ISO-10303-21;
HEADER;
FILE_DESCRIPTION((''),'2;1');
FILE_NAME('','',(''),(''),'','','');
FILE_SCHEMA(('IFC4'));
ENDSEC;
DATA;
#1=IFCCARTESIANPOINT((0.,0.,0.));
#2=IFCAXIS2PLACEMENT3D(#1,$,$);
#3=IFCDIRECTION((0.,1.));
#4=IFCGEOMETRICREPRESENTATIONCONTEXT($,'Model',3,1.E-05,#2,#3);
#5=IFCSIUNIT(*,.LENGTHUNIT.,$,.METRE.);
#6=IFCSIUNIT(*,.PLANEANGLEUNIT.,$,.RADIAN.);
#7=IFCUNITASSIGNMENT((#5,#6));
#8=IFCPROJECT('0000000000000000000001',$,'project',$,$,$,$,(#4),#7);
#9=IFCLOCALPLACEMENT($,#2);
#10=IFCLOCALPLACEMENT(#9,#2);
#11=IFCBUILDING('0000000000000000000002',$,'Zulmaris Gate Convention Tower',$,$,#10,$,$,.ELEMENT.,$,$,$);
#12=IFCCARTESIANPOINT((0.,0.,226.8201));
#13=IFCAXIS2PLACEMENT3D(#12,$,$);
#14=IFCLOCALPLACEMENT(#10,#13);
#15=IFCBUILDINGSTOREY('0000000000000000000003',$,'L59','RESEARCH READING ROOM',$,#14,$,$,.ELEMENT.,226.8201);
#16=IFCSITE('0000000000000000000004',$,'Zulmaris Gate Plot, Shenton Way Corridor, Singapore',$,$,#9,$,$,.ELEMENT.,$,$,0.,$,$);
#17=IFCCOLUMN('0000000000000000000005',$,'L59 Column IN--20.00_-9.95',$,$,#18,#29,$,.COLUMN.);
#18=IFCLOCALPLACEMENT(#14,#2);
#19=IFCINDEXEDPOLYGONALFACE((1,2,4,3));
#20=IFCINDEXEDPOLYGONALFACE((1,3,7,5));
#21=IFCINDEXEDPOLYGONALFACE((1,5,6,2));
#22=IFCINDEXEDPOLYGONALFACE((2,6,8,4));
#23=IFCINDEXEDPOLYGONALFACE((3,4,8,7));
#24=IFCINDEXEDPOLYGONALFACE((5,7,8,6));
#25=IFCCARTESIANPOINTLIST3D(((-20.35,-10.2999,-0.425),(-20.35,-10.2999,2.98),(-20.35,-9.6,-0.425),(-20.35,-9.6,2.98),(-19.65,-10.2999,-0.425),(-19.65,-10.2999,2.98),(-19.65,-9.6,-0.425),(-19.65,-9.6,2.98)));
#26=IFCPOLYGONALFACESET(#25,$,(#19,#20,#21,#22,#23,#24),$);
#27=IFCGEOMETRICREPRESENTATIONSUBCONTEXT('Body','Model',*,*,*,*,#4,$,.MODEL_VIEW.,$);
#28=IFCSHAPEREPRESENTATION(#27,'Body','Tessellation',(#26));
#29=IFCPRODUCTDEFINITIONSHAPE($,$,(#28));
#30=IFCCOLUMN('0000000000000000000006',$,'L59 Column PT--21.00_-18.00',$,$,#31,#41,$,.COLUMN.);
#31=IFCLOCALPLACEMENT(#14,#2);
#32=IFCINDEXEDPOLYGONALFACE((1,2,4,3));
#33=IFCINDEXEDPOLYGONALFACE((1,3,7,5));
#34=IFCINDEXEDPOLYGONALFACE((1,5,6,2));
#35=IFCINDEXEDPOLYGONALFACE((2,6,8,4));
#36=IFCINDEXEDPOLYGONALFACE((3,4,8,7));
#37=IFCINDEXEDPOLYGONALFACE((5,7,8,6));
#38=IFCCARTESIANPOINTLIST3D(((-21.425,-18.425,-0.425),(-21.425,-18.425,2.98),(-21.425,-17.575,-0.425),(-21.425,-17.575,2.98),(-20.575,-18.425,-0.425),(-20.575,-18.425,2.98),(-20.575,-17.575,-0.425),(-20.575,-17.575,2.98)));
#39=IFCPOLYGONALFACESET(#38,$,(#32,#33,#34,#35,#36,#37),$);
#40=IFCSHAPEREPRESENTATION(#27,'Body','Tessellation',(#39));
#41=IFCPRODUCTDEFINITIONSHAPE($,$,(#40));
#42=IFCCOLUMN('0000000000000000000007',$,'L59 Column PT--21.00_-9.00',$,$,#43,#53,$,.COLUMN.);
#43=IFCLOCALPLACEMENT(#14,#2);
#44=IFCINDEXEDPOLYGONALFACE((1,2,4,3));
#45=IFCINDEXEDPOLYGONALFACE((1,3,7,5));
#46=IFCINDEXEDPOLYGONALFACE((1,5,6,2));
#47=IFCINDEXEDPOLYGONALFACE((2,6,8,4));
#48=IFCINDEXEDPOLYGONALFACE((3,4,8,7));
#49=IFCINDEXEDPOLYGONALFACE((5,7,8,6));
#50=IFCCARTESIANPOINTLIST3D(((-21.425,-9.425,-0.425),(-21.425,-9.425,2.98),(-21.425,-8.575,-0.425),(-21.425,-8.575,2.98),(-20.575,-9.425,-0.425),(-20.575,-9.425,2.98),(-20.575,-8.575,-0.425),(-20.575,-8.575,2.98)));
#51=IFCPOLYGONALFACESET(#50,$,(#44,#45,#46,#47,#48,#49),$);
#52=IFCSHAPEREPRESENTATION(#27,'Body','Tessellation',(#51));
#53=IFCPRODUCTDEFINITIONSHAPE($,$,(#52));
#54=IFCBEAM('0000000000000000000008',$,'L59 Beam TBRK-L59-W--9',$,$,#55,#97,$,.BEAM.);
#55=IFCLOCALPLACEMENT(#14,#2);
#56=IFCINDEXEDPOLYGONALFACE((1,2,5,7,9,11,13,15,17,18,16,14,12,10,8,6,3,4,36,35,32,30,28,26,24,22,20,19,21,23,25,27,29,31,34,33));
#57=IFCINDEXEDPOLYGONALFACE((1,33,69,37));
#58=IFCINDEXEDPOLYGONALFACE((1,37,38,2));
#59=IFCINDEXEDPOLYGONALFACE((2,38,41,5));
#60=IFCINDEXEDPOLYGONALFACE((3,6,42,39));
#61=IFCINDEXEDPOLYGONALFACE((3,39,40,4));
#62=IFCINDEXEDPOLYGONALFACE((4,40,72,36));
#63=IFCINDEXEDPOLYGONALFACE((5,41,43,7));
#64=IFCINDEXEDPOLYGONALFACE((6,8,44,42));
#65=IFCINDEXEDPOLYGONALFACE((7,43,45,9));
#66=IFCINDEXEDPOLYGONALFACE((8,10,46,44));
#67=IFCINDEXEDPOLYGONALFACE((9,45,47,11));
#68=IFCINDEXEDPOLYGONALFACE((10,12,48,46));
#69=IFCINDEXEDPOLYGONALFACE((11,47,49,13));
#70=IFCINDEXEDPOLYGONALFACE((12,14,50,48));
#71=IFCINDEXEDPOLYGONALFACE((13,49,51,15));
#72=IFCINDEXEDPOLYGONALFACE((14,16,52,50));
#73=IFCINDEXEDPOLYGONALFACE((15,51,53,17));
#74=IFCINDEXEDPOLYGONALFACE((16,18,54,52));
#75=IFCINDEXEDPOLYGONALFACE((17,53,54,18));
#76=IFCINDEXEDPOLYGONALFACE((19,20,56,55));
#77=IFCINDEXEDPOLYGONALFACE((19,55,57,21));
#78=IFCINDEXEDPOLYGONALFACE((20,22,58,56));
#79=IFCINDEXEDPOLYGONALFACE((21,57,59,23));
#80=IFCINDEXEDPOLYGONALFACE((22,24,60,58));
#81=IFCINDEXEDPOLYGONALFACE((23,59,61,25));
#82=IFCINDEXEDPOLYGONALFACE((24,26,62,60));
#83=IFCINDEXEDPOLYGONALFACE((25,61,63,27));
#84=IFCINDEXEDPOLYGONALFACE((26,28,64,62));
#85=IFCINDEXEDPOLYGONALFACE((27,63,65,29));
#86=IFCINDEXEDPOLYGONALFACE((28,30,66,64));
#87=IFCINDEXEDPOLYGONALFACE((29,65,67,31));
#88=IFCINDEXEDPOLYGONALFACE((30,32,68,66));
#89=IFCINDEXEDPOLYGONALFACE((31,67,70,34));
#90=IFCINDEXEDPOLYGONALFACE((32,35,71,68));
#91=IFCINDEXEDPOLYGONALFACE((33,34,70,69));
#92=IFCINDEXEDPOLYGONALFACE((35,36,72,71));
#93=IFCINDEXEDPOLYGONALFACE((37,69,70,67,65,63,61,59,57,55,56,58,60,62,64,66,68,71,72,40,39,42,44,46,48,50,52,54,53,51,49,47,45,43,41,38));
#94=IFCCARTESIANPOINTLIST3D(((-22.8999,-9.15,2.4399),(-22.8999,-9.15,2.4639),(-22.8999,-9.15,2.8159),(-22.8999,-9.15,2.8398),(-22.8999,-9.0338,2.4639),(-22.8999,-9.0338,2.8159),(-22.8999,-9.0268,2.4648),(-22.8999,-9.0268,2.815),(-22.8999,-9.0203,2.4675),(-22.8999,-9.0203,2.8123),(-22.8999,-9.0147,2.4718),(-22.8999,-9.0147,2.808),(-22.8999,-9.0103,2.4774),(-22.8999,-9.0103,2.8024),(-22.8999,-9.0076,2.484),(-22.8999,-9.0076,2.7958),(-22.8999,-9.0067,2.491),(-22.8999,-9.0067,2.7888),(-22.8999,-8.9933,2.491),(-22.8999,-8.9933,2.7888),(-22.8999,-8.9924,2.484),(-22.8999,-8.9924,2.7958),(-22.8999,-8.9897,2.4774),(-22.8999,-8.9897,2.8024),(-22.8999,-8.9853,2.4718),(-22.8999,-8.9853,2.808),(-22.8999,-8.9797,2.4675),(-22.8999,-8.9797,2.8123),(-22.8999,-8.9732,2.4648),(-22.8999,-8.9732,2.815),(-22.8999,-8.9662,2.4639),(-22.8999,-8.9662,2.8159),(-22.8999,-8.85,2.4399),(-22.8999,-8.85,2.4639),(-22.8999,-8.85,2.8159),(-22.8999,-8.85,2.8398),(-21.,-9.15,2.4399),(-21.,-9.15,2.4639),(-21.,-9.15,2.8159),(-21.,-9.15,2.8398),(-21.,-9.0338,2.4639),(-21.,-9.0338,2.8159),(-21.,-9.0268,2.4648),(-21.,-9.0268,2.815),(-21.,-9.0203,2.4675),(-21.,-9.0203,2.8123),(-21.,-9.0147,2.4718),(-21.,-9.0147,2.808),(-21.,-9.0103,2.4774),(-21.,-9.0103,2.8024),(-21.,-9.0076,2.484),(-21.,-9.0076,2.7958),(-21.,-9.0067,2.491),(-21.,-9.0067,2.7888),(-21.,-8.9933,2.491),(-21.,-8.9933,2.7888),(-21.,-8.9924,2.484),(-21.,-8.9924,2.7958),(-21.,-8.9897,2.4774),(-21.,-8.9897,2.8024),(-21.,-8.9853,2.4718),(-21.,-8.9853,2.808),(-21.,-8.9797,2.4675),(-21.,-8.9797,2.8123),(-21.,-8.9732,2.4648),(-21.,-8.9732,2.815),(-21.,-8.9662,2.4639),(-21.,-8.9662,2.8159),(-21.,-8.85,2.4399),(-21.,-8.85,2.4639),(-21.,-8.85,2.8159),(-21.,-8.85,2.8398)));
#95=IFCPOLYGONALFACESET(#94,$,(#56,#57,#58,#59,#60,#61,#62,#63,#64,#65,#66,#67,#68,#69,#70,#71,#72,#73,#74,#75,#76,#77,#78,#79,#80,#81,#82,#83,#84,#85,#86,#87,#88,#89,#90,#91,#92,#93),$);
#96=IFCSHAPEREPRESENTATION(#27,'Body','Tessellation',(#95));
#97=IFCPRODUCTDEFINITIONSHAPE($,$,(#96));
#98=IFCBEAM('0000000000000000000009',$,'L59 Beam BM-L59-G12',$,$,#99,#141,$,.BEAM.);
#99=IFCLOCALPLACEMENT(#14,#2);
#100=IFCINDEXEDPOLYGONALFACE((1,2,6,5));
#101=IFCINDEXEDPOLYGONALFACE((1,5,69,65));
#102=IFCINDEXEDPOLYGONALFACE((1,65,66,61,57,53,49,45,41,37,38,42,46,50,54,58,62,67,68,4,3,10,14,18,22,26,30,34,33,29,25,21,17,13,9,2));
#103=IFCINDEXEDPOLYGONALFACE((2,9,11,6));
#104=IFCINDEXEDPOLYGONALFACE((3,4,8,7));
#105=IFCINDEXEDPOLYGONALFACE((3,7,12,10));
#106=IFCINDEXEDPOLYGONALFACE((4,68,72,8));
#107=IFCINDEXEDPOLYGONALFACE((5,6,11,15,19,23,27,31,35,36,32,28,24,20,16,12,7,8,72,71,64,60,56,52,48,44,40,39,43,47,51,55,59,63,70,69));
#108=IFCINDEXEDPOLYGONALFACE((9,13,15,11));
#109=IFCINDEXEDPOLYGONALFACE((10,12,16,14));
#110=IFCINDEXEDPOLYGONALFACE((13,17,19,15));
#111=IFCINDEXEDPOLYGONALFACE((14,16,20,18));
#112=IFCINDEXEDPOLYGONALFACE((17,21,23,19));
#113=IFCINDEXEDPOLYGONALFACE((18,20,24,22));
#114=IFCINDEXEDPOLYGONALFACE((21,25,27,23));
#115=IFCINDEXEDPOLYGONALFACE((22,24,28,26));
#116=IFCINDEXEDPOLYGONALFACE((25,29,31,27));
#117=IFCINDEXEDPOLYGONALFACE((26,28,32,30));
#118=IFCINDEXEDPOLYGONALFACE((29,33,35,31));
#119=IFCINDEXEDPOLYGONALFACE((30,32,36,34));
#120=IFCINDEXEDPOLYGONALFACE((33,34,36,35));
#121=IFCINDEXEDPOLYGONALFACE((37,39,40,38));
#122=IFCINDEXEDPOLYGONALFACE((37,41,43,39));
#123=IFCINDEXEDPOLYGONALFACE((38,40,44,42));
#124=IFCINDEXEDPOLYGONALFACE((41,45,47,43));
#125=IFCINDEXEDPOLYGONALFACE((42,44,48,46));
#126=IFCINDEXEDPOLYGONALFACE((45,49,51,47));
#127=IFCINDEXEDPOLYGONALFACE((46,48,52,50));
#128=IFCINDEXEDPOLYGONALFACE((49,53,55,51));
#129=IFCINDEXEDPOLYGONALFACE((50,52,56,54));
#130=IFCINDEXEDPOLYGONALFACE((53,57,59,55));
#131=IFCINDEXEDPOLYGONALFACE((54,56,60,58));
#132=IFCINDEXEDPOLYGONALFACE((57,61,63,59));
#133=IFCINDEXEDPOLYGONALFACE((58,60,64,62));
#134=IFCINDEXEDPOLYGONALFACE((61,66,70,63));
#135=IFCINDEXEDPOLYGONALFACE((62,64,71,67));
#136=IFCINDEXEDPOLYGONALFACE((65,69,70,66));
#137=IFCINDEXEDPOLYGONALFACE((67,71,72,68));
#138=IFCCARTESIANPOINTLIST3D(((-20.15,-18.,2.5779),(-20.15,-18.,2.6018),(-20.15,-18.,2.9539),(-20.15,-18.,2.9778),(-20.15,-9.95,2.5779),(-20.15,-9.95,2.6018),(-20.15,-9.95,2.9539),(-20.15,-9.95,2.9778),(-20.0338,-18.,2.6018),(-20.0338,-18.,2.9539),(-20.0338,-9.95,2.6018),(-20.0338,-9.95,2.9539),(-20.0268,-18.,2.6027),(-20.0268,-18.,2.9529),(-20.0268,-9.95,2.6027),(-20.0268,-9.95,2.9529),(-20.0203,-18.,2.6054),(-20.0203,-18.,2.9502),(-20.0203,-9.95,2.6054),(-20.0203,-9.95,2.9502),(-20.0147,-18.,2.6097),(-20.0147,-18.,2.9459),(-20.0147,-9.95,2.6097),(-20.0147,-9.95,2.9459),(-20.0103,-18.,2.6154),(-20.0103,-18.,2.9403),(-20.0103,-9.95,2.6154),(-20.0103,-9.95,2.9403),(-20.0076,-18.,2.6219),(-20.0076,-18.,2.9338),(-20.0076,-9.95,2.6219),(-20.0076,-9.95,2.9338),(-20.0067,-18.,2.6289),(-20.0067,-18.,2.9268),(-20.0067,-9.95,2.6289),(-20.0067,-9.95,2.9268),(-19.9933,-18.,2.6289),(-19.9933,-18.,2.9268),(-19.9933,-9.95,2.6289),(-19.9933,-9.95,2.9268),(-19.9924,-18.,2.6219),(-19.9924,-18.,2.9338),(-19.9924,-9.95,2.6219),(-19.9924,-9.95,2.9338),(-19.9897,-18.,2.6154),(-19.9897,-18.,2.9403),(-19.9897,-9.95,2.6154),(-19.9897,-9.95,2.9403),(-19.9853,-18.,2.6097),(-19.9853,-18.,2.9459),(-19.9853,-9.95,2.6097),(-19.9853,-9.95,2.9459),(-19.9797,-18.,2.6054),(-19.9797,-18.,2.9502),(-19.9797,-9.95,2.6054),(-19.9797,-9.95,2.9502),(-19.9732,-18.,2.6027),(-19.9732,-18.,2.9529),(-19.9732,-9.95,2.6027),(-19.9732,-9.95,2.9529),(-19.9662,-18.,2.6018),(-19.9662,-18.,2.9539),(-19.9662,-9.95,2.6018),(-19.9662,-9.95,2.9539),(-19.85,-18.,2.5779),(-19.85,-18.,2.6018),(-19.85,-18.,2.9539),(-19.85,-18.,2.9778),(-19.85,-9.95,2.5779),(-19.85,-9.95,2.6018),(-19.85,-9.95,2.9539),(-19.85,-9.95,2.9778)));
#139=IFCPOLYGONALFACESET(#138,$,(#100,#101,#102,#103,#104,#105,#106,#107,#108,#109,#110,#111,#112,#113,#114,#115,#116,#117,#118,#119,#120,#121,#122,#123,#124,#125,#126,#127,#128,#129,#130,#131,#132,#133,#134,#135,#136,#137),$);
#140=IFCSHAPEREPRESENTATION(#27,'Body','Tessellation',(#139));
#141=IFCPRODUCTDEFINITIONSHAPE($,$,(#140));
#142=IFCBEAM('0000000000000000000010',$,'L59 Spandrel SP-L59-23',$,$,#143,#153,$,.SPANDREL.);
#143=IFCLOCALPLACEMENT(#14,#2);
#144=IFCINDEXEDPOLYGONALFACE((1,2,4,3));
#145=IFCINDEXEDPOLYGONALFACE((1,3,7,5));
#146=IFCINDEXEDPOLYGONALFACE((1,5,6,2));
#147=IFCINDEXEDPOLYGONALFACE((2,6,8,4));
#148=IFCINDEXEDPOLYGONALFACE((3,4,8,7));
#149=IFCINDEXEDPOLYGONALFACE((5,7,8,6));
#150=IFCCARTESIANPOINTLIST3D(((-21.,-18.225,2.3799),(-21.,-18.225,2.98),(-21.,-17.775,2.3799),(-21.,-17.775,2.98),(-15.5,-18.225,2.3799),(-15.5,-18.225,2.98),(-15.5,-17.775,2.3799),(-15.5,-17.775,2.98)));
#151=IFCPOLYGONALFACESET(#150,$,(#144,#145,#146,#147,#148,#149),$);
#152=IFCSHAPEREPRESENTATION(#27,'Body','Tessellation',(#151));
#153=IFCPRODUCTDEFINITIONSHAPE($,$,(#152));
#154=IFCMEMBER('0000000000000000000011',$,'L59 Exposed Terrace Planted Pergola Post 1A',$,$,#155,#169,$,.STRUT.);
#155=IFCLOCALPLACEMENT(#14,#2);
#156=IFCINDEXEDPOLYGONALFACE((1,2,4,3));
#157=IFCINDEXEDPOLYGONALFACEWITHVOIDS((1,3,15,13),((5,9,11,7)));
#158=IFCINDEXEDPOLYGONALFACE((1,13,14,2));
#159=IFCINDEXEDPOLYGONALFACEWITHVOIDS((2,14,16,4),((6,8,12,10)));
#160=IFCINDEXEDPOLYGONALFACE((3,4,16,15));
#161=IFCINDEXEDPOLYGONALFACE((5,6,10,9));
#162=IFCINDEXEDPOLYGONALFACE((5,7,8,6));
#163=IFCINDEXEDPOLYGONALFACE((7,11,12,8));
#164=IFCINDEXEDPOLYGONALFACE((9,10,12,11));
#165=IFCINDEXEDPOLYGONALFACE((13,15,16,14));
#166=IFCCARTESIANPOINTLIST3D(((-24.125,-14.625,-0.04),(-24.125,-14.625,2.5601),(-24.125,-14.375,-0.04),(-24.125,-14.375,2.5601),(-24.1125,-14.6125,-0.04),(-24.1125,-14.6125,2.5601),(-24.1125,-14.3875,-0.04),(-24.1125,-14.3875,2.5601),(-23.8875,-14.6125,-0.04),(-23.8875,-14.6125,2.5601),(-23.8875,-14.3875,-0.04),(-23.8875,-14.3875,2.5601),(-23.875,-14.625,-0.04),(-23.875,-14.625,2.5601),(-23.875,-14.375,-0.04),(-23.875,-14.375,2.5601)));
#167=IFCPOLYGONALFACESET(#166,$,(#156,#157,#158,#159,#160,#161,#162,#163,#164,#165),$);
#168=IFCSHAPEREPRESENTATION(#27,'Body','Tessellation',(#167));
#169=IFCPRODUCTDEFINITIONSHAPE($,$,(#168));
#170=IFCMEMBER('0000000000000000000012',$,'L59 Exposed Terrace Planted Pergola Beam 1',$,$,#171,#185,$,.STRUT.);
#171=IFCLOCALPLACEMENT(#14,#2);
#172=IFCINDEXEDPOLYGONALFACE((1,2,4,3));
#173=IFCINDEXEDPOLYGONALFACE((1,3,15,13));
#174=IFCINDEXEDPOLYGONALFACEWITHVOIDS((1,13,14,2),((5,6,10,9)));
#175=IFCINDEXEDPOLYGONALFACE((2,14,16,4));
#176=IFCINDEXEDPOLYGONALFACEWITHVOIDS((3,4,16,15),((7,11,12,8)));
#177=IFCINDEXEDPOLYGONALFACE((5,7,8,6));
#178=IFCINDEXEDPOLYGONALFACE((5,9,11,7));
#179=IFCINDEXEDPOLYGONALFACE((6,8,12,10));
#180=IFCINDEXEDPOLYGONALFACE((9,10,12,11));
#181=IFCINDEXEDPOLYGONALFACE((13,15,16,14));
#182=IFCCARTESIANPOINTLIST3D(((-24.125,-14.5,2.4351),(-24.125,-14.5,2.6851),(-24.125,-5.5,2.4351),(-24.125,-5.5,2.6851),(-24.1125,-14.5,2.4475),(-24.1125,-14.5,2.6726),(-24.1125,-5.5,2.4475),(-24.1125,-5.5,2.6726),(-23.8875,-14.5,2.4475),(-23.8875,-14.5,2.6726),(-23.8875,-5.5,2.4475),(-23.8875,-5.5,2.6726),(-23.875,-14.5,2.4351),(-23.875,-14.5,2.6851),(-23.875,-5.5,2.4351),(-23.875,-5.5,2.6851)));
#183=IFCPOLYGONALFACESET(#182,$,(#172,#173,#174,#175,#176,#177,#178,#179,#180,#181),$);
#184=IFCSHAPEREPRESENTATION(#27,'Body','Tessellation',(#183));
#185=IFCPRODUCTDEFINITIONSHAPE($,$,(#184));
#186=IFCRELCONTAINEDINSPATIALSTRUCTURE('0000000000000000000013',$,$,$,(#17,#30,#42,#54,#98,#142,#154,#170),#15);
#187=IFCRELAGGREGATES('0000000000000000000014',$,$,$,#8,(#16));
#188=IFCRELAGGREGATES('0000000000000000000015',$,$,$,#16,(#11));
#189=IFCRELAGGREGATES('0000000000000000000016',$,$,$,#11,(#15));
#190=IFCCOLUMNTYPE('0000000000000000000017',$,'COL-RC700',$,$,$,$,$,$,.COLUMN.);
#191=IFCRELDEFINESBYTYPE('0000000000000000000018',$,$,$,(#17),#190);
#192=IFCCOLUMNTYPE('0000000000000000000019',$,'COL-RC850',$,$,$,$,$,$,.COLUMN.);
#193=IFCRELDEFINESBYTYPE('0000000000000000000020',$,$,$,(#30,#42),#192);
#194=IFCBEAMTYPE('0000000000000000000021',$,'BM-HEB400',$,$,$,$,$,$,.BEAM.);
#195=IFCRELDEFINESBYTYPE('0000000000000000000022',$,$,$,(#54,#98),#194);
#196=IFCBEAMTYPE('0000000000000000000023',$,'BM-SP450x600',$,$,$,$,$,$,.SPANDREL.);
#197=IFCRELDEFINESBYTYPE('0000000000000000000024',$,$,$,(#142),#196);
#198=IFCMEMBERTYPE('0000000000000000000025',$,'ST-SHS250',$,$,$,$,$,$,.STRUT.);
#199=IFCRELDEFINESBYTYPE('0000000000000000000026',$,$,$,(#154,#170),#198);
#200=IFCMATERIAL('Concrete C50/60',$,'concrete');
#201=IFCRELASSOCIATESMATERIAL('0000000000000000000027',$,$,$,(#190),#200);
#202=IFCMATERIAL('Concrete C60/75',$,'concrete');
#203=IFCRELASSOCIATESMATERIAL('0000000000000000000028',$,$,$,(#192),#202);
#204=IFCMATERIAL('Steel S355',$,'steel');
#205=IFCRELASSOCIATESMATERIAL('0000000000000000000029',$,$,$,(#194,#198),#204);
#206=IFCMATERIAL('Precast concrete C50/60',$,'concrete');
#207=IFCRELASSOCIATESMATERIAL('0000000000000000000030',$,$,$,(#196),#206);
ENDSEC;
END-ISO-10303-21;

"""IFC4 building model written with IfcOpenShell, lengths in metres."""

from ifc_helpers import new_model, si_unit, direction, frame, origin, origin_2d, place, context, subcontext, project, spatial, rectangle, hollow_rectangle, i_section, extrude, material, material_profile, profile_set, type_object, element, save


model = new_model("IFC4")

# Units and contexts
model_context = context("Model", 3, precision=1e-05, world=origin(), true_north=direction((0.0, 1.0)))
body_context = subcontext(model_context, "Body", "Model", "MODEL_VIEW")
ifc_project = project(units=[si_unit("LENGTHUNIT", "METRE"), si_unit("PLANEANGLEUNIT", "RADIAN")], contexts=[model_context])

# Site, building, storey
site_placement = place(None, origin())
site = spatial("IfcSite", under=ifc_project, at=site_placement, Name="Zulmaris Gate Plot, Shenton Way Corridor, Singapore", CompositionType="ELEMENT", RefElevation=0.0)
building_placement = place(site_placement, origin())
building = spatial("IfcBuilding", under=site, at=building_placement, Name="Zulmaris Gate Convention Tower", CompositionType="ELEMENT")
storey_placement = place(building_placement, frame((0.0, 0.0, 226.8201)))
storey = spatial("IfcBuildingStorey", under=building, at=storey_placement, Name="L59", Description="RESEARCH READING ROOM", CompositionType="ELEMENT", Elevation=226.8201)

# Columns
ifc_material_1 = material(Name="Concrete C50/60", Category="concrete")
ifc_material_profile_1 = material_profile(ifc_material_1, rectangle(XDim=0.7, YDim=0.7, at=origin_2d()), Name="RC COL 700x700")
ifc_profile_set_1 = profile_set([ifc_material_profile_1], Name="Concrete C50/60")
column_type_1 = type_object("IfcColumnType", Name="COL-RC700", PredefinedType="COLUMN", material=ifc_profile_set_1)
column_placement = place(storey_placement, frame((-20.0, -9.95, -0.425), z_axis=(0.0, 0.0, 1.0), x_axis=(1.0, 0.0, 0.0)))
element("IfcColumn", 1, at=column_placement, inside=storey, type_object=column_type_1, Name="L59 Column IN--20.00_-9.95", PredefinedType="COLUMN", context=body_context, shape_type="SweptSolid", body=[
    extrude(rectangle(XDim=0.7, YDim=0.7, at=origin_2d()), origin(), (0.0, 0.0, 1.0), 3.405),
])
ifc_material_2 = material(Name="Concrete C60/75", Category="concrete")
ifc_material_profile_2 = material_profile(ifc_material_2, rectangle(XDim=0.8501, YDim=0.8501, at=origin_2d()), Name="RC COL 850x850")
ifc_profile_set_2 = profile_set([ifc_material_profile_2], Name="Concrete C60/75")
column_type_2 = type_object("IfcColumnType", Name="COL-RC850", PredefinedType="COLUMN", material=ifc_profile_set_2)
for number, where, z_axis, x_axis, name in (
    (2, (-21.0, -18.0, -0.425), (0.0, 0.0, 1.0), (1.0, 0.0, 0.0), "L59 Column PT--21.00_-18.00"),
    (3, (-21.0, -9.0, -0.425), (0.0, 0.0, 1.0), (1.0, 0.0, 0.0), "L59 Column PT--21.00_-9.00"),
):
    element("IfcColumn", number, at=place(storey_placement, frame(where, z_axis=z_axis, x_axis=x_axis)), inside=storey, type_object=column_type_2, Name=name, PredefinedType="COLUMN", context=body_context, shape_type="SweptSolid", body=[
        extrude(rectangle(XDim=0.8501, YDim=0.8501, at=origin_2d()), origin(), (0.0, 0.0, 1.0), 3.405),
    ])

# Beams
ifc_material_3 = material(Name="Steel S355", Category="steel")
ifc_material_profile_3 = material_profile(ifc_material_3, i_section(OverallWidth=0.3, OverallDepth=0.3999, WebThickness=0.0134, FlangeThickness=0.0239, FilletRadius=0.0271, at=origin_2d()), Name="HEB 400")
ifc_profile_set_3 = profile_set([ifc_material_profile_3], Name="Steel S355")
beam_type_1 = type_object("IfcBeamType", Name="BM-HEB400", PredefinedType="BEAM", material=ifc_profile_set_3)
beam_1_placement = place(storey_placement, frame((-22.8999, -9.0, 2.6399), z_axis=(1.0, 0.0, 0.0), x_axis=(0.0, 1.0, 0.0)))
element("IfcBeam", 4, at=beam_1_placement, inside=storey, type_object=beam_type_1, Name="L59 Beam TBRK-L59-W--9", PredefinedType="BEAM", context=body_context, shape_type="SweptSolid", body=[
    extrude(i_section(OverallWidth=0.3, OverallDepth=0.3999, WebThickness=0.0134, FlangeThickness=0.0239, FilletRadius=0.0271, at=origin_2d()), origin(), (0.0, 0.0, 1.0), 1.8999),
])
beam_2_placement = place(storey_placement, frame((-20.0, -18.0, 2.7778), z_axis=(0.0, 1.0, 0.0), x_axis=(-1.0, 0.0, 0.0)))
element("IfcBeam", 5, at=beam_2_placement, inside=storey, type_object=beam_type_1, Name="L59 Beam BM-L59-G12", PredefinedType="BEAM", context=body_context, shape_type="SweptSolid", body=[
    extrude(i_section(OverallWidth=0.3, OverallDepth=0.3999, WebThickness=0.0134, FlangeThickness=0.0239, FilletRadius=0.0271, at=origin_2d()), origin(), (0.0, 0.0, 1.0), 8.05),
])
ifc_material_4 = material(Name="Precast concrete C50/60", Category="concrete")
ifc_material_profile_4 = material_profile(ifc_material_4, rectangle(XDim=0.45, YDim=0.6001, at=origin_2d()), Name="RC SPANDREL 450x600")
ifc_profile_set_4 = profile_set([ifc_material_profile_4], Name="Precast concrete C50/60")
beam_type_2 = type_object("IfcBeamType", Name="BM-SP450x600", PredefinedType="SPANDREL", material=ifc_profile_set_4)
beam_3_placement = place(storey_placement, frame((-21.0, -18.0, 2.6799), z_axis=(1.0, 0.0, 0.0), x_axis=(0.0, 1.0, 0.0)))
element("IfcBeam", 6, at=beam_3_placement, inside=storey, type_object=beam_type_2, Name="L59 Spandrel SP-L59-23", PredefinedType="SPANDREL", context=body_context, shape_type="SweptSolid", body=[
    extrude(rectangle(XDim=0.45, YDim=0.6001, at=origin_2d()), origin(), (0.0, 0.0, 1.0), 5.5),
])

# Members
ifc_material_profile_5 = material_profile(ifc_material_3, hollow_rectangle(XDim=0.25, YDim=0.25, WallThickness=0.0125, at=origin_2d()), Name="SHS 250x250x12.5")
ifc_profile_set_5 = profile_set([ifc_material_profile_5], Name="Steel S355")
member_type = type_object("IfcMemberType", Name="ST-SHS250", PredefinedType="STRUT", material=ifc_profile_set_5)
member_1_placement = place(storey_placement, frame((-24.0, -14.5, -0.04), z_axis=(0.0, 0.0, 1.0), x_axis=(1.0, 0.0, 0.0)))
element("IfcMember", 7, at=member_1_placement, inside=storey, type_object=member_type, Name="L59 Exposed Terrace Planted Pergola Post 1A", PredefinedType="STRUT", context=body_context, shape_type="SweptSolid", body=[
    extrude(hollow_rectangle(XDim=0.25, YDim=0.25, WallThickness=0.0125, at=origin_2d()), origin(), (0.0, 0.0, 1.0), 2.6001),
])
member_2_placement = place(storey_placement, frame((-24.0, -14.5, 2.5601), z_axis=(0.0, 1.0, 0.0), x_axis=(-1.0, 0.0, 0.0)))
element("IfcMember", 8, at=member_2_placement, inside=storey, type_object=member_type, Name="L59 Exposed Terrace Planted Pergola Beam 1", PredefinedType="STRUT", context=body_context, shape_type="SweptSolid", body=[
    extrude(hollow_rectangle(XDim=0.25, YDim=0.25, WallThickness=0.0125, at=origin_2d()), origin(), (0.0, 0.0, 1.0), 9.0),
])

save(model, "model.ifc")
